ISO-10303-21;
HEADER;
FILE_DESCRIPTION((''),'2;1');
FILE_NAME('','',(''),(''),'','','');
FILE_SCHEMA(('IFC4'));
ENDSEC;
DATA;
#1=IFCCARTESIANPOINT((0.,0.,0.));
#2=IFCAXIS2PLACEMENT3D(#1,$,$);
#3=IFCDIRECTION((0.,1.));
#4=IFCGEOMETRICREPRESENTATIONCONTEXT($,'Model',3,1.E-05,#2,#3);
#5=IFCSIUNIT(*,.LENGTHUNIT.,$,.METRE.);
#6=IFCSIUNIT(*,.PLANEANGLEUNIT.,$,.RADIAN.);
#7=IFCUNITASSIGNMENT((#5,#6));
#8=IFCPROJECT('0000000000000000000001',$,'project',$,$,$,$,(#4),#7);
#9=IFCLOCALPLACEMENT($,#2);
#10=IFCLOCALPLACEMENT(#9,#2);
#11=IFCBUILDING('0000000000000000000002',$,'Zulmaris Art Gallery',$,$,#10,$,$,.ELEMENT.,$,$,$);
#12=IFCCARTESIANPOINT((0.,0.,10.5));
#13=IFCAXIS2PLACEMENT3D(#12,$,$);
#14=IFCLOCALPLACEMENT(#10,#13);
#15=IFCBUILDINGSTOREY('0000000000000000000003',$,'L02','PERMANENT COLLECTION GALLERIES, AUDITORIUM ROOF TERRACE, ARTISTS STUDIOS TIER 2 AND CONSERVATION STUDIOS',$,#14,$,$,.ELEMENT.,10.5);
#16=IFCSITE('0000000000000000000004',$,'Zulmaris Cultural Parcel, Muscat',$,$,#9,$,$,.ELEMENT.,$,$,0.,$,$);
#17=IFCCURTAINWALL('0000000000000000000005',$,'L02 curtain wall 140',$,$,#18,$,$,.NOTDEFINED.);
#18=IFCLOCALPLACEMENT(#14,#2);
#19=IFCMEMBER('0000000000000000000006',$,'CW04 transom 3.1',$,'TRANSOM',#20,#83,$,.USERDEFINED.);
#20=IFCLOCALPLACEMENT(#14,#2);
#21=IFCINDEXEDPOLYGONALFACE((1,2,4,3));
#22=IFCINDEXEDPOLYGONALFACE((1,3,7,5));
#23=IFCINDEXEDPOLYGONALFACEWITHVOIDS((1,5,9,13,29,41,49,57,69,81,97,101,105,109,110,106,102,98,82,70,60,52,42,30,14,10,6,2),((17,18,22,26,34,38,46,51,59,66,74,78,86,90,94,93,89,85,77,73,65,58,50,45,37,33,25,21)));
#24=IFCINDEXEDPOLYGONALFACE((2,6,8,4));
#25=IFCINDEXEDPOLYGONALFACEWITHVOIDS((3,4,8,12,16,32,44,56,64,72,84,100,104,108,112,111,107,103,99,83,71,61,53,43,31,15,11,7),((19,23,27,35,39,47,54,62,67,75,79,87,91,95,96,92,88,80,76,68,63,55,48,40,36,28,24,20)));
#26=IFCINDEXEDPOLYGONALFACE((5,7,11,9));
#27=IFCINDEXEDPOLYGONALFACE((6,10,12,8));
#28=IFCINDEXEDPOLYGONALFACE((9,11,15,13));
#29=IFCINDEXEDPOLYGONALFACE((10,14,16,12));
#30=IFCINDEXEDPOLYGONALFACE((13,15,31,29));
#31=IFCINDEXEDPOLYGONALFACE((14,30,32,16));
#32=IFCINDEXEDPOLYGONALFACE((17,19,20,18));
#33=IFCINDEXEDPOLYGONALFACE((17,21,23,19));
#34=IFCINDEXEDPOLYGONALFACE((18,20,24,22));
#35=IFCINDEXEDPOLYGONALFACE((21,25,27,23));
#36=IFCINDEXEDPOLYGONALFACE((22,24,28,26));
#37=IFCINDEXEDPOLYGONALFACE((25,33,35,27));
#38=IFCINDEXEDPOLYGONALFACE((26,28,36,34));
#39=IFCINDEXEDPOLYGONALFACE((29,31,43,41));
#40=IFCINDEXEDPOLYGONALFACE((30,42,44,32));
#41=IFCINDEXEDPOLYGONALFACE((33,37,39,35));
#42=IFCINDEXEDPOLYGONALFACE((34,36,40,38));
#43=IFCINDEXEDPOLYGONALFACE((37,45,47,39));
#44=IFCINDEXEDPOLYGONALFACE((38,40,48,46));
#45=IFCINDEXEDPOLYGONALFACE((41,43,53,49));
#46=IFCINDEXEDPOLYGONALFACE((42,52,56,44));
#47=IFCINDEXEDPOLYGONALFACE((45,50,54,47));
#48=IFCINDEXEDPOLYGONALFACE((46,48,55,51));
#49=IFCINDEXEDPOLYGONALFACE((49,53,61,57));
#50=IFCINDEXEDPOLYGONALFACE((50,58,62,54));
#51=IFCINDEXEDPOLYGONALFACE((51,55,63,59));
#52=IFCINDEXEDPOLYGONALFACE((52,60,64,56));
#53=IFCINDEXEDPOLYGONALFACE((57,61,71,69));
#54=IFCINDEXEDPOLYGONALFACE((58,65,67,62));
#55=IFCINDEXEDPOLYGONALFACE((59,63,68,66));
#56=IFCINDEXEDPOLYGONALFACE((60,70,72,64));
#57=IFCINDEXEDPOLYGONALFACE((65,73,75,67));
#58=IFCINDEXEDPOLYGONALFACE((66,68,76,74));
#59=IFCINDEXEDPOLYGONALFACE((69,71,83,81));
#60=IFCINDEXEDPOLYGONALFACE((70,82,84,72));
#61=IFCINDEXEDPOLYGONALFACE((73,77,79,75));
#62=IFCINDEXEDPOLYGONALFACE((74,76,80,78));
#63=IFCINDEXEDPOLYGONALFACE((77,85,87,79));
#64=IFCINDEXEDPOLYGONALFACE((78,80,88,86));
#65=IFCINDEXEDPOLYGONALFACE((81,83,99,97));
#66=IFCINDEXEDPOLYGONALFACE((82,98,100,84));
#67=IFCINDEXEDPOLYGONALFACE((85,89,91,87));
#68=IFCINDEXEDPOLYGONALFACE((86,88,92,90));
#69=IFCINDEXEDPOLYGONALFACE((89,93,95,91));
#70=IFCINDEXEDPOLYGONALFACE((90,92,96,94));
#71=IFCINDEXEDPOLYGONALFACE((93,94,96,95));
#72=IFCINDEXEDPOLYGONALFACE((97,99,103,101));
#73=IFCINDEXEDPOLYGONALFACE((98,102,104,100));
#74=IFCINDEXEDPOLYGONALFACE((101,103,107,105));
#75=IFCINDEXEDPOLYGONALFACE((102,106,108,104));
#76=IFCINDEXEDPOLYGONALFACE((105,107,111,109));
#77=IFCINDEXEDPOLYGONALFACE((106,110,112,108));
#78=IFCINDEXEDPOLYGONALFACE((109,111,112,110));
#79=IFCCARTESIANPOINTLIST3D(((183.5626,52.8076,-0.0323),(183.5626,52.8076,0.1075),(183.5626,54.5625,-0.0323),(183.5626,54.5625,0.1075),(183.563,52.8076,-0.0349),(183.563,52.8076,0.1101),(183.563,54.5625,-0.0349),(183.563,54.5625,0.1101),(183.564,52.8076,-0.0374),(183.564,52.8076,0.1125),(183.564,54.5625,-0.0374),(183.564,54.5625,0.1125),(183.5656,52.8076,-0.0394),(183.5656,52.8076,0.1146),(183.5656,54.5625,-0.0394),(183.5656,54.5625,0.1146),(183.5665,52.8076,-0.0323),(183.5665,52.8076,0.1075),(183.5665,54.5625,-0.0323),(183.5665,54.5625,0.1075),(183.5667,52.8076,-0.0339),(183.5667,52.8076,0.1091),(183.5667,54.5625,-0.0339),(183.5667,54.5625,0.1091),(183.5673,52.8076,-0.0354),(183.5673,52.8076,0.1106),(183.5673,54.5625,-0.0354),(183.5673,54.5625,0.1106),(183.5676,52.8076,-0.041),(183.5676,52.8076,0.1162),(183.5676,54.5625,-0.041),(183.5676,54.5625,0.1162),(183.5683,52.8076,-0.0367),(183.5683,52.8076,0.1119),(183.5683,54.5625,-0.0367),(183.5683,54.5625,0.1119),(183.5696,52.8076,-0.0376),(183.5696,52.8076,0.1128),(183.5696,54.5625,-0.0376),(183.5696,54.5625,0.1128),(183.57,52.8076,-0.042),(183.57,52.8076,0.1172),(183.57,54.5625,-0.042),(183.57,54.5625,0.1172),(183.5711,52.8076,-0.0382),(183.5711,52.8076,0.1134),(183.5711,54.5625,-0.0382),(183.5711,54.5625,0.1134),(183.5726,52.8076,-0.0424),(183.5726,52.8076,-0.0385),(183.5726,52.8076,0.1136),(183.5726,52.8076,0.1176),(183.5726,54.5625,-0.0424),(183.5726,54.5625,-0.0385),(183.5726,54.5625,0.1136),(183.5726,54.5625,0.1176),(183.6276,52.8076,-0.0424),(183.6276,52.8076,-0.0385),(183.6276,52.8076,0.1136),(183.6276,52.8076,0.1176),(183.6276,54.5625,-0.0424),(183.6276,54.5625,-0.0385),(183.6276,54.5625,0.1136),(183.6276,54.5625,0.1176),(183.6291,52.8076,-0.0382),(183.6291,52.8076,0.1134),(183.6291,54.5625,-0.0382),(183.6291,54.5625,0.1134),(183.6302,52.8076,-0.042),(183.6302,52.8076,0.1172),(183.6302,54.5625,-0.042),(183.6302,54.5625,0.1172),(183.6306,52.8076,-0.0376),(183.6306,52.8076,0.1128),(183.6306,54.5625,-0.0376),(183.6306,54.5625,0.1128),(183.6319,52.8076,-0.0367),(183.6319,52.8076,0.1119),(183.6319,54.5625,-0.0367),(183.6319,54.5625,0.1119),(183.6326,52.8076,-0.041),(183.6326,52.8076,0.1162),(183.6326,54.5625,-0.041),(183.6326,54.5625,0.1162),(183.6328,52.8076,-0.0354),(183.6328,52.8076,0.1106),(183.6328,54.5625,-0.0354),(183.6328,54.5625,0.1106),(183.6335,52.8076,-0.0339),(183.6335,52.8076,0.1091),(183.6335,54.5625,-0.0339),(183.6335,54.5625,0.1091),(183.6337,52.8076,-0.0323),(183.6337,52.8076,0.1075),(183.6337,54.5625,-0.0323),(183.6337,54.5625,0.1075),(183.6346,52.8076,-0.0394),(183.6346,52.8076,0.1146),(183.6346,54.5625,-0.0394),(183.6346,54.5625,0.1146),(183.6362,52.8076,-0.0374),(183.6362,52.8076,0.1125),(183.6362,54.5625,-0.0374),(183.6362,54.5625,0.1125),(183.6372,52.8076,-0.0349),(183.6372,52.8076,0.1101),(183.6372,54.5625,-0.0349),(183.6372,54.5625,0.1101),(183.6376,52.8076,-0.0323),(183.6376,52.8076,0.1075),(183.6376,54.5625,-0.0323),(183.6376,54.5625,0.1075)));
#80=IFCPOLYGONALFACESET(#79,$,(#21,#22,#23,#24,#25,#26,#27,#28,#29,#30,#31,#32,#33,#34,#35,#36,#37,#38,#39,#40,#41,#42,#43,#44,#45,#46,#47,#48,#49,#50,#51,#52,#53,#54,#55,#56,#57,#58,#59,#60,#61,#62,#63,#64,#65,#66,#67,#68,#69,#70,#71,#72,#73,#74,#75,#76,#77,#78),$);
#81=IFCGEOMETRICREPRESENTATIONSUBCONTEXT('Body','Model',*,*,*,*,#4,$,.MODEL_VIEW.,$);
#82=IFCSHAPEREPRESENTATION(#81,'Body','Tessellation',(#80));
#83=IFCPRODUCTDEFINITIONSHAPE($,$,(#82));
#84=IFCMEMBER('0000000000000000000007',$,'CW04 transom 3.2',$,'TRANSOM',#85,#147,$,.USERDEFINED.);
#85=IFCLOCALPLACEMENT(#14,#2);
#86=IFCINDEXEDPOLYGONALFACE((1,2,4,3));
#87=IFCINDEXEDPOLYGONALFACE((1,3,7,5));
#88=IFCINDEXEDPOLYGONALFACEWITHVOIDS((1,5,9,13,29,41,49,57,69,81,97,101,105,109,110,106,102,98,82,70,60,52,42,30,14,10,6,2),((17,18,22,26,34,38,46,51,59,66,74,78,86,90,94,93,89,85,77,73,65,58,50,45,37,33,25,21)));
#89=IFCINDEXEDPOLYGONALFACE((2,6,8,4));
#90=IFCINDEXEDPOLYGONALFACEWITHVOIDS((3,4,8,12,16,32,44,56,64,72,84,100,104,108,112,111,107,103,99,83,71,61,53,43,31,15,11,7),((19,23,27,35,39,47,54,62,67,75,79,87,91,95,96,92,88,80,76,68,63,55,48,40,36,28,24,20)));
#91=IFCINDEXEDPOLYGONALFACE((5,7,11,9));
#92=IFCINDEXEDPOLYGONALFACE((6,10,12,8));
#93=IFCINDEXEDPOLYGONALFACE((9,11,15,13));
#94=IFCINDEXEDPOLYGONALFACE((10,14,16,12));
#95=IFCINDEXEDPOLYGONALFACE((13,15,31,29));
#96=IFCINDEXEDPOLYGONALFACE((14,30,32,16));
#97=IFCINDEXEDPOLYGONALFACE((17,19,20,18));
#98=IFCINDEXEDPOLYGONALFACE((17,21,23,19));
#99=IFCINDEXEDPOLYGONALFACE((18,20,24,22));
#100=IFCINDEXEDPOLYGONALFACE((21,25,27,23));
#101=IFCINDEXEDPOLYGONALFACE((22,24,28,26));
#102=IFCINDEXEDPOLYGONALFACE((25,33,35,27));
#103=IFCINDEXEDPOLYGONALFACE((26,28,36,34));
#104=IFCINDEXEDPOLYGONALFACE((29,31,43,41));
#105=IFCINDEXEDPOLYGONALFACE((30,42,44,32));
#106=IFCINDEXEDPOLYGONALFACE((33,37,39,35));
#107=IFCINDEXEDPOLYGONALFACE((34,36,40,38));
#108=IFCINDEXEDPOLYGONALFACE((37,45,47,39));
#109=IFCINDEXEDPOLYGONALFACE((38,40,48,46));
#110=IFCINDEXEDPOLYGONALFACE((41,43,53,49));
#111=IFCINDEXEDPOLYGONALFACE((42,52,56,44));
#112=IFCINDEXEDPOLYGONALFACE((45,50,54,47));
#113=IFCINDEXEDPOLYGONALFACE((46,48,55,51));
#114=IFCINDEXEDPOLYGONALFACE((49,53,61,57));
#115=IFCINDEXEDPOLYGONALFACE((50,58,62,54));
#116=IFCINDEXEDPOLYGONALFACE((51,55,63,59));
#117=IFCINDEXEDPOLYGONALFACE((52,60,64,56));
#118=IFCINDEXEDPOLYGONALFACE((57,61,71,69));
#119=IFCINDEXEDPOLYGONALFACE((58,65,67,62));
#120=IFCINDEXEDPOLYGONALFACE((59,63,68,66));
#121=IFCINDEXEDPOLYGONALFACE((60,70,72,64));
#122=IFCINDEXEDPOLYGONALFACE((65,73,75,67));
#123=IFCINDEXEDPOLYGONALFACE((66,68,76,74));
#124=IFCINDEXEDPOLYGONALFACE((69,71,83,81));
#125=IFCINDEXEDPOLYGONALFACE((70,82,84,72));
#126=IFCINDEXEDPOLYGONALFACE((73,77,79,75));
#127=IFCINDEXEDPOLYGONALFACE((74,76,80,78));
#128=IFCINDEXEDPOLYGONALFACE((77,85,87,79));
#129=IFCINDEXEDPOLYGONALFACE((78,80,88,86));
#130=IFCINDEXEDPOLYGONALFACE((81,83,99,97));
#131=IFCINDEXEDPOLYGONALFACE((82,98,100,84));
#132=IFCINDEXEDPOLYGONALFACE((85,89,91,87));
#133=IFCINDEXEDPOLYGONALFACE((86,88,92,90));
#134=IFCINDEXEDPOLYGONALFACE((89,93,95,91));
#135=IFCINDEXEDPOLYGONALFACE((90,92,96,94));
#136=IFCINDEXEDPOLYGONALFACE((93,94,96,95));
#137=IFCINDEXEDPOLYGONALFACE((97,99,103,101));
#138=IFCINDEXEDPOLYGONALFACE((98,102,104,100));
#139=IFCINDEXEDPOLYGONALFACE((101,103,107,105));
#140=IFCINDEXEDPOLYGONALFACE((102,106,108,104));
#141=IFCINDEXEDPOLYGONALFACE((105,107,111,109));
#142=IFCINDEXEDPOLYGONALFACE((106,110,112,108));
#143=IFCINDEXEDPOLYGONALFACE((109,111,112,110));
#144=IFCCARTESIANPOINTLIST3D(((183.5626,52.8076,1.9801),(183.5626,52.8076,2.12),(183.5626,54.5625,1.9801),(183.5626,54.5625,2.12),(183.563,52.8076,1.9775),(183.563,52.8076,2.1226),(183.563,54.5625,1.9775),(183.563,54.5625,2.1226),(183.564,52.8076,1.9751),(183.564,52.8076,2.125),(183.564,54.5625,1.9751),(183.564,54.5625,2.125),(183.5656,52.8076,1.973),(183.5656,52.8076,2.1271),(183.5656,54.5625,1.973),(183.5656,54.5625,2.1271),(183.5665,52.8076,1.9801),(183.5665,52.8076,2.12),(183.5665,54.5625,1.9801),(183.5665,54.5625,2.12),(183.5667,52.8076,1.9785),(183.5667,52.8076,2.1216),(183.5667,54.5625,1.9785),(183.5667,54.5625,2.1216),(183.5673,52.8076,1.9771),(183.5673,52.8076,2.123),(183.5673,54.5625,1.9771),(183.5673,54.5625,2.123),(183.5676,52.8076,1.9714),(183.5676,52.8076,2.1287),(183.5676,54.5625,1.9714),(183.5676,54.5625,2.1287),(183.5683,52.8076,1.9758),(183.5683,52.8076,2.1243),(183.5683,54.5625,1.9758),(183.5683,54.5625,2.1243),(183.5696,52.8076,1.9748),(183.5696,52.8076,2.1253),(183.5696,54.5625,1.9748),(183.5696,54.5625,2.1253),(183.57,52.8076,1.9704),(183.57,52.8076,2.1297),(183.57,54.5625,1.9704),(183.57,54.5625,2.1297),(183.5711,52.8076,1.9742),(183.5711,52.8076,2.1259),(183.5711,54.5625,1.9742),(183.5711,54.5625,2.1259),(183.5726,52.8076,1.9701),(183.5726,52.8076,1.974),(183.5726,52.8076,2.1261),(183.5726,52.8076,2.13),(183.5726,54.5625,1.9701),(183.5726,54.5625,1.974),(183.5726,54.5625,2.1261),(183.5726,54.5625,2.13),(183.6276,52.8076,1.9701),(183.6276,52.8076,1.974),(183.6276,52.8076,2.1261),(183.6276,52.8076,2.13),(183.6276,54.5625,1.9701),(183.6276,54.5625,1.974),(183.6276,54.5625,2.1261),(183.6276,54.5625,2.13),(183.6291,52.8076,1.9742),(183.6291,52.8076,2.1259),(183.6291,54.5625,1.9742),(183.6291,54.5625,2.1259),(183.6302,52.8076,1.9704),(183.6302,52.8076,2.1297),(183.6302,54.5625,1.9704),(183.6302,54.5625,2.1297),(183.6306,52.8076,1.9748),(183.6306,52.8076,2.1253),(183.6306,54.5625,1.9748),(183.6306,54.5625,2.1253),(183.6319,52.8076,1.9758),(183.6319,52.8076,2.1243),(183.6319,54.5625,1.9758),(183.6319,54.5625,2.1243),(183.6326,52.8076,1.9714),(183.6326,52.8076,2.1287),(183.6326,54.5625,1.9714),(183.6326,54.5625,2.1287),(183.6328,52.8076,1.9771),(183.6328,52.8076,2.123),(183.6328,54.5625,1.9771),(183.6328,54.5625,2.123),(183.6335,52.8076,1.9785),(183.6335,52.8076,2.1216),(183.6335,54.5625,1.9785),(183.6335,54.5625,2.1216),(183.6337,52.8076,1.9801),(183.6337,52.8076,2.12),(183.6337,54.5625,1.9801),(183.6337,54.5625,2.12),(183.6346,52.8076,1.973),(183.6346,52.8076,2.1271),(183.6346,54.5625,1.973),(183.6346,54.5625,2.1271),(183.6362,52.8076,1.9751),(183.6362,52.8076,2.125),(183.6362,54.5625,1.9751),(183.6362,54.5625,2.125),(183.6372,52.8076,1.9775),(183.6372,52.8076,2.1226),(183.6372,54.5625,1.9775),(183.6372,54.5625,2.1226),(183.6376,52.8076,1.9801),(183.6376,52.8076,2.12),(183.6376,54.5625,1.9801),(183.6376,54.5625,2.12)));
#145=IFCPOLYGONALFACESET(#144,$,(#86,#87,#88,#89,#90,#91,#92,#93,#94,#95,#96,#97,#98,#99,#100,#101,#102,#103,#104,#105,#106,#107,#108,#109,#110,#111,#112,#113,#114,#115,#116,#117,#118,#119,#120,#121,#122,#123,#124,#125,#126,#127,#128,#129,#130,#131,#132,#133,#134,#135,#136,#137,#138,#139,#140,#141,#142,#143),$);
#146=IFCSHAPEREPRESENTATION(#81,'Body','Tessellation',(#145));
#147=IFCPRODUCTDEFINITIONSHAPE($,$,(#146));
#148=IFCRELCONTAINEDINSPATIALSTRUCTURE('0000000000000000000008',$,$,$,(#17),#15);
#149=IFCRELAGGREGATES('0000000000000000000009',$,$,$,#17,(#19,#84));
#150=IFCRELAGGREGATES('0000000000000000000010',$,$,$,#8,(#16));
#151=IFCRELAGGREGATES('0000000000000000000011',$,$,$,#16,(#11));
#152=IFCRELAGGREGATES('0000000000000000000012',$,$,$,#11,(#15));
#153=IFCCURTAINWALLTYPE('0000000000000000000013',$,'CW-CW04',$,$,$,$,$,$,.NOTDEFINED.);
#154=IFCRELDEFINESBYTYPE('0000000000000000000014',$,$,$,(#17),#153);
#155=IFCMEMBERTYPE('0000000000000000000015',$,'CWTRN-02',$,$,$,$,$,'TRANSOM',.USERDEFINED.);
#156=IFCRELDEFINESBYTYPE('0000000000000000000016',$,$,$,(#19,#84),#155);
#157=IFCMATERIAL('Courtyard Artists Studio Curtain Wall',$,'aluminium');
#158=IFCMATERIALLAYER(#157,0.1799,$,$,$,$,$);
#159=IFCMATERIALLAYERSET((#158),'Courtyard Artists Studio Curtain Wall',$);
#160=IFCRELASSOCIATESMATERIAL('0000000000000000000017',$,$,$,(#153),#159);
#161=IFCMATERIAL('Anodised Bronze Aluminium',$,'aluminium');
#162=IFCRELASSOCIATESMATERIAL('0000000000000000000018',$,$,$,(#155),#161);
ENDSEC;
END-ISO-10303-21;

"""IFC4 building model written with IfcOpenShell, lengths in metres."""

from ifc_helpers import new_model, si_unit, direction, frame, origin, origin_2d, place, context, subcontext, project, spatial, hollow_rectangle, extrude, material, layer, layer_set, material_profile, profile_set, type_object, element, aggregate, save


model = new_model("IFC4")

# Units and contexts
model_context = context("Model", 3, precision=1e-05, world=origin(), true_north=direction((0.0, 1.0)))
body_context = subcontext(model_context, "Body", "Model", "MODEL_VIEW")
ifc_project = project(units=[si_unit("LENGTHUNIT", "METRE"), si_unit("PLANEANGLEUNIT", "RADIAN")], contexts=[model_context])

# Site, building, storey
site_placement = place(None, origin())
site = spatial("IfcSite", under=ifc_project, at=site_placement, Name="Zulmaris Cultural Parcel, Muscat", CompositionType="ELEMENT", RefElevation=0.0)
building_placement = place(site_placement, origin())
building = spatial("IfcBuilding", under=site, at=building_placement, Name="Zulmaris Art Gallery", CompositionType="ELEMENT")
storey_placement = place(building_placement, frame((0.0, 0.0, 10.5)))
storey = spatial("IfcBuildingStorey", under=building, at=storey_placement, Name="L02", Description="PERMANENT COLLECTION GALLERIES, AUDITORIUM ROOF TERRACE, ARTISTS STUDIOS TIER 2 AND CONSERVATION STUDIOS", CompositionType="ELEMENT", Elevation=10.5)

# Curtain wall, members
ifc_material_1 = material(Name="Courtyard Artists Studio Curtain Wall", Category="aluminium")
ifc_layer_1 = layer(ifc_material_1, 0.1799)
ifc_layer_set_1 = layer_set([ifc_layer_1], Name="Courtyard Artists Studio Curtain Wall")
curtain_wall_type = type_object("IfcCurtainWallType", Name="CW-CW04", PredefinedType="NOTDEFINED", material=ifc_layer_set_1)
curtain_wall_placement = place(storey_placement, origin())
curtain_wall = element("IfcCurtainWall", 1, at=curtain_wall_placement, inside=storey, type_object=curtain_wall_type, Name="L02 curtain wall 140", PredefinedType="NOTDEFINED")
ifc_material_2 = material(Name="Anodised Bronze Aluminium", Category="aluminium")
ifc_material_profile_1 = material_profile(ifc_material_2, hollow_rectangle(XDim=0.075, YDim=0.1599, WallThickness=0.0039, InnerFilletRadius=0.0061, OuterFilletRadius=0.01, at=origin_2d()), Name="ALU 75x160x4")
ifc_profile_set_1 = profile_set([ifc_material_profile_1], Name="Anodised Bronze Aluminium")
member_type_1 = type_object("IfcMemberType", Name="CWTRN-02", ElementType="TRANSOM", PredefinedType="USERDEFINED", material=ifc_profile_set_1)
member_1_placement = place(storey_placement, frame((183.6001, 54.5625, 0.0376), z_axis=(0.0, -1.0, 0.0), x_axis=(1.0, 0.0, 0.0)))
member_1 = element("IfcMember", 2, at=member_1_placement, type_object=member_type_1, Name="CW04 transom 3.1", ObjectType="TRANSOM", PredefinedType="USERDEFINED", context=body_context, shape_type="SweptSolid", body=[
    extrude(hollow_rectangle(XDim=0.075, YDim=0.1599, WallThickness=0.0039, InnerFilletRadius=0.0061, OuterFilletRadius=0.01, at=origin_2d()), origin(), (0.0, 0.0, 1.0), 1.7549),
])
member_2_placement = place(storey_placement, frame((183.6001, 54.5625, 2.05), z_axis=(0.0, -1.0, 0.0), x_axis=(1.0, 0.0, 0.0)))
member_2 = element("IfcMember", 3, at=member_2_placement, type_object=member_type_1, Name="CW04 transom 3.2", ObjectType="TRANSOM", PredefinedType="USERDEFINED", context=body_context, shape_type="SweptSolid", body=[
    extrude(hollow_rectangle(XDim=0.075, YDim=0.1599, WallThickness=0.0039, InnerFilletRadius=0.0061, OuterFilletRadius=0.01, at=origin_2d()), origin(), (0.0, 0.0, 1.0), 1.7549),
])
aggregate(curtain_wall, [member_1, member_2])

save(model, "model.ifc")
